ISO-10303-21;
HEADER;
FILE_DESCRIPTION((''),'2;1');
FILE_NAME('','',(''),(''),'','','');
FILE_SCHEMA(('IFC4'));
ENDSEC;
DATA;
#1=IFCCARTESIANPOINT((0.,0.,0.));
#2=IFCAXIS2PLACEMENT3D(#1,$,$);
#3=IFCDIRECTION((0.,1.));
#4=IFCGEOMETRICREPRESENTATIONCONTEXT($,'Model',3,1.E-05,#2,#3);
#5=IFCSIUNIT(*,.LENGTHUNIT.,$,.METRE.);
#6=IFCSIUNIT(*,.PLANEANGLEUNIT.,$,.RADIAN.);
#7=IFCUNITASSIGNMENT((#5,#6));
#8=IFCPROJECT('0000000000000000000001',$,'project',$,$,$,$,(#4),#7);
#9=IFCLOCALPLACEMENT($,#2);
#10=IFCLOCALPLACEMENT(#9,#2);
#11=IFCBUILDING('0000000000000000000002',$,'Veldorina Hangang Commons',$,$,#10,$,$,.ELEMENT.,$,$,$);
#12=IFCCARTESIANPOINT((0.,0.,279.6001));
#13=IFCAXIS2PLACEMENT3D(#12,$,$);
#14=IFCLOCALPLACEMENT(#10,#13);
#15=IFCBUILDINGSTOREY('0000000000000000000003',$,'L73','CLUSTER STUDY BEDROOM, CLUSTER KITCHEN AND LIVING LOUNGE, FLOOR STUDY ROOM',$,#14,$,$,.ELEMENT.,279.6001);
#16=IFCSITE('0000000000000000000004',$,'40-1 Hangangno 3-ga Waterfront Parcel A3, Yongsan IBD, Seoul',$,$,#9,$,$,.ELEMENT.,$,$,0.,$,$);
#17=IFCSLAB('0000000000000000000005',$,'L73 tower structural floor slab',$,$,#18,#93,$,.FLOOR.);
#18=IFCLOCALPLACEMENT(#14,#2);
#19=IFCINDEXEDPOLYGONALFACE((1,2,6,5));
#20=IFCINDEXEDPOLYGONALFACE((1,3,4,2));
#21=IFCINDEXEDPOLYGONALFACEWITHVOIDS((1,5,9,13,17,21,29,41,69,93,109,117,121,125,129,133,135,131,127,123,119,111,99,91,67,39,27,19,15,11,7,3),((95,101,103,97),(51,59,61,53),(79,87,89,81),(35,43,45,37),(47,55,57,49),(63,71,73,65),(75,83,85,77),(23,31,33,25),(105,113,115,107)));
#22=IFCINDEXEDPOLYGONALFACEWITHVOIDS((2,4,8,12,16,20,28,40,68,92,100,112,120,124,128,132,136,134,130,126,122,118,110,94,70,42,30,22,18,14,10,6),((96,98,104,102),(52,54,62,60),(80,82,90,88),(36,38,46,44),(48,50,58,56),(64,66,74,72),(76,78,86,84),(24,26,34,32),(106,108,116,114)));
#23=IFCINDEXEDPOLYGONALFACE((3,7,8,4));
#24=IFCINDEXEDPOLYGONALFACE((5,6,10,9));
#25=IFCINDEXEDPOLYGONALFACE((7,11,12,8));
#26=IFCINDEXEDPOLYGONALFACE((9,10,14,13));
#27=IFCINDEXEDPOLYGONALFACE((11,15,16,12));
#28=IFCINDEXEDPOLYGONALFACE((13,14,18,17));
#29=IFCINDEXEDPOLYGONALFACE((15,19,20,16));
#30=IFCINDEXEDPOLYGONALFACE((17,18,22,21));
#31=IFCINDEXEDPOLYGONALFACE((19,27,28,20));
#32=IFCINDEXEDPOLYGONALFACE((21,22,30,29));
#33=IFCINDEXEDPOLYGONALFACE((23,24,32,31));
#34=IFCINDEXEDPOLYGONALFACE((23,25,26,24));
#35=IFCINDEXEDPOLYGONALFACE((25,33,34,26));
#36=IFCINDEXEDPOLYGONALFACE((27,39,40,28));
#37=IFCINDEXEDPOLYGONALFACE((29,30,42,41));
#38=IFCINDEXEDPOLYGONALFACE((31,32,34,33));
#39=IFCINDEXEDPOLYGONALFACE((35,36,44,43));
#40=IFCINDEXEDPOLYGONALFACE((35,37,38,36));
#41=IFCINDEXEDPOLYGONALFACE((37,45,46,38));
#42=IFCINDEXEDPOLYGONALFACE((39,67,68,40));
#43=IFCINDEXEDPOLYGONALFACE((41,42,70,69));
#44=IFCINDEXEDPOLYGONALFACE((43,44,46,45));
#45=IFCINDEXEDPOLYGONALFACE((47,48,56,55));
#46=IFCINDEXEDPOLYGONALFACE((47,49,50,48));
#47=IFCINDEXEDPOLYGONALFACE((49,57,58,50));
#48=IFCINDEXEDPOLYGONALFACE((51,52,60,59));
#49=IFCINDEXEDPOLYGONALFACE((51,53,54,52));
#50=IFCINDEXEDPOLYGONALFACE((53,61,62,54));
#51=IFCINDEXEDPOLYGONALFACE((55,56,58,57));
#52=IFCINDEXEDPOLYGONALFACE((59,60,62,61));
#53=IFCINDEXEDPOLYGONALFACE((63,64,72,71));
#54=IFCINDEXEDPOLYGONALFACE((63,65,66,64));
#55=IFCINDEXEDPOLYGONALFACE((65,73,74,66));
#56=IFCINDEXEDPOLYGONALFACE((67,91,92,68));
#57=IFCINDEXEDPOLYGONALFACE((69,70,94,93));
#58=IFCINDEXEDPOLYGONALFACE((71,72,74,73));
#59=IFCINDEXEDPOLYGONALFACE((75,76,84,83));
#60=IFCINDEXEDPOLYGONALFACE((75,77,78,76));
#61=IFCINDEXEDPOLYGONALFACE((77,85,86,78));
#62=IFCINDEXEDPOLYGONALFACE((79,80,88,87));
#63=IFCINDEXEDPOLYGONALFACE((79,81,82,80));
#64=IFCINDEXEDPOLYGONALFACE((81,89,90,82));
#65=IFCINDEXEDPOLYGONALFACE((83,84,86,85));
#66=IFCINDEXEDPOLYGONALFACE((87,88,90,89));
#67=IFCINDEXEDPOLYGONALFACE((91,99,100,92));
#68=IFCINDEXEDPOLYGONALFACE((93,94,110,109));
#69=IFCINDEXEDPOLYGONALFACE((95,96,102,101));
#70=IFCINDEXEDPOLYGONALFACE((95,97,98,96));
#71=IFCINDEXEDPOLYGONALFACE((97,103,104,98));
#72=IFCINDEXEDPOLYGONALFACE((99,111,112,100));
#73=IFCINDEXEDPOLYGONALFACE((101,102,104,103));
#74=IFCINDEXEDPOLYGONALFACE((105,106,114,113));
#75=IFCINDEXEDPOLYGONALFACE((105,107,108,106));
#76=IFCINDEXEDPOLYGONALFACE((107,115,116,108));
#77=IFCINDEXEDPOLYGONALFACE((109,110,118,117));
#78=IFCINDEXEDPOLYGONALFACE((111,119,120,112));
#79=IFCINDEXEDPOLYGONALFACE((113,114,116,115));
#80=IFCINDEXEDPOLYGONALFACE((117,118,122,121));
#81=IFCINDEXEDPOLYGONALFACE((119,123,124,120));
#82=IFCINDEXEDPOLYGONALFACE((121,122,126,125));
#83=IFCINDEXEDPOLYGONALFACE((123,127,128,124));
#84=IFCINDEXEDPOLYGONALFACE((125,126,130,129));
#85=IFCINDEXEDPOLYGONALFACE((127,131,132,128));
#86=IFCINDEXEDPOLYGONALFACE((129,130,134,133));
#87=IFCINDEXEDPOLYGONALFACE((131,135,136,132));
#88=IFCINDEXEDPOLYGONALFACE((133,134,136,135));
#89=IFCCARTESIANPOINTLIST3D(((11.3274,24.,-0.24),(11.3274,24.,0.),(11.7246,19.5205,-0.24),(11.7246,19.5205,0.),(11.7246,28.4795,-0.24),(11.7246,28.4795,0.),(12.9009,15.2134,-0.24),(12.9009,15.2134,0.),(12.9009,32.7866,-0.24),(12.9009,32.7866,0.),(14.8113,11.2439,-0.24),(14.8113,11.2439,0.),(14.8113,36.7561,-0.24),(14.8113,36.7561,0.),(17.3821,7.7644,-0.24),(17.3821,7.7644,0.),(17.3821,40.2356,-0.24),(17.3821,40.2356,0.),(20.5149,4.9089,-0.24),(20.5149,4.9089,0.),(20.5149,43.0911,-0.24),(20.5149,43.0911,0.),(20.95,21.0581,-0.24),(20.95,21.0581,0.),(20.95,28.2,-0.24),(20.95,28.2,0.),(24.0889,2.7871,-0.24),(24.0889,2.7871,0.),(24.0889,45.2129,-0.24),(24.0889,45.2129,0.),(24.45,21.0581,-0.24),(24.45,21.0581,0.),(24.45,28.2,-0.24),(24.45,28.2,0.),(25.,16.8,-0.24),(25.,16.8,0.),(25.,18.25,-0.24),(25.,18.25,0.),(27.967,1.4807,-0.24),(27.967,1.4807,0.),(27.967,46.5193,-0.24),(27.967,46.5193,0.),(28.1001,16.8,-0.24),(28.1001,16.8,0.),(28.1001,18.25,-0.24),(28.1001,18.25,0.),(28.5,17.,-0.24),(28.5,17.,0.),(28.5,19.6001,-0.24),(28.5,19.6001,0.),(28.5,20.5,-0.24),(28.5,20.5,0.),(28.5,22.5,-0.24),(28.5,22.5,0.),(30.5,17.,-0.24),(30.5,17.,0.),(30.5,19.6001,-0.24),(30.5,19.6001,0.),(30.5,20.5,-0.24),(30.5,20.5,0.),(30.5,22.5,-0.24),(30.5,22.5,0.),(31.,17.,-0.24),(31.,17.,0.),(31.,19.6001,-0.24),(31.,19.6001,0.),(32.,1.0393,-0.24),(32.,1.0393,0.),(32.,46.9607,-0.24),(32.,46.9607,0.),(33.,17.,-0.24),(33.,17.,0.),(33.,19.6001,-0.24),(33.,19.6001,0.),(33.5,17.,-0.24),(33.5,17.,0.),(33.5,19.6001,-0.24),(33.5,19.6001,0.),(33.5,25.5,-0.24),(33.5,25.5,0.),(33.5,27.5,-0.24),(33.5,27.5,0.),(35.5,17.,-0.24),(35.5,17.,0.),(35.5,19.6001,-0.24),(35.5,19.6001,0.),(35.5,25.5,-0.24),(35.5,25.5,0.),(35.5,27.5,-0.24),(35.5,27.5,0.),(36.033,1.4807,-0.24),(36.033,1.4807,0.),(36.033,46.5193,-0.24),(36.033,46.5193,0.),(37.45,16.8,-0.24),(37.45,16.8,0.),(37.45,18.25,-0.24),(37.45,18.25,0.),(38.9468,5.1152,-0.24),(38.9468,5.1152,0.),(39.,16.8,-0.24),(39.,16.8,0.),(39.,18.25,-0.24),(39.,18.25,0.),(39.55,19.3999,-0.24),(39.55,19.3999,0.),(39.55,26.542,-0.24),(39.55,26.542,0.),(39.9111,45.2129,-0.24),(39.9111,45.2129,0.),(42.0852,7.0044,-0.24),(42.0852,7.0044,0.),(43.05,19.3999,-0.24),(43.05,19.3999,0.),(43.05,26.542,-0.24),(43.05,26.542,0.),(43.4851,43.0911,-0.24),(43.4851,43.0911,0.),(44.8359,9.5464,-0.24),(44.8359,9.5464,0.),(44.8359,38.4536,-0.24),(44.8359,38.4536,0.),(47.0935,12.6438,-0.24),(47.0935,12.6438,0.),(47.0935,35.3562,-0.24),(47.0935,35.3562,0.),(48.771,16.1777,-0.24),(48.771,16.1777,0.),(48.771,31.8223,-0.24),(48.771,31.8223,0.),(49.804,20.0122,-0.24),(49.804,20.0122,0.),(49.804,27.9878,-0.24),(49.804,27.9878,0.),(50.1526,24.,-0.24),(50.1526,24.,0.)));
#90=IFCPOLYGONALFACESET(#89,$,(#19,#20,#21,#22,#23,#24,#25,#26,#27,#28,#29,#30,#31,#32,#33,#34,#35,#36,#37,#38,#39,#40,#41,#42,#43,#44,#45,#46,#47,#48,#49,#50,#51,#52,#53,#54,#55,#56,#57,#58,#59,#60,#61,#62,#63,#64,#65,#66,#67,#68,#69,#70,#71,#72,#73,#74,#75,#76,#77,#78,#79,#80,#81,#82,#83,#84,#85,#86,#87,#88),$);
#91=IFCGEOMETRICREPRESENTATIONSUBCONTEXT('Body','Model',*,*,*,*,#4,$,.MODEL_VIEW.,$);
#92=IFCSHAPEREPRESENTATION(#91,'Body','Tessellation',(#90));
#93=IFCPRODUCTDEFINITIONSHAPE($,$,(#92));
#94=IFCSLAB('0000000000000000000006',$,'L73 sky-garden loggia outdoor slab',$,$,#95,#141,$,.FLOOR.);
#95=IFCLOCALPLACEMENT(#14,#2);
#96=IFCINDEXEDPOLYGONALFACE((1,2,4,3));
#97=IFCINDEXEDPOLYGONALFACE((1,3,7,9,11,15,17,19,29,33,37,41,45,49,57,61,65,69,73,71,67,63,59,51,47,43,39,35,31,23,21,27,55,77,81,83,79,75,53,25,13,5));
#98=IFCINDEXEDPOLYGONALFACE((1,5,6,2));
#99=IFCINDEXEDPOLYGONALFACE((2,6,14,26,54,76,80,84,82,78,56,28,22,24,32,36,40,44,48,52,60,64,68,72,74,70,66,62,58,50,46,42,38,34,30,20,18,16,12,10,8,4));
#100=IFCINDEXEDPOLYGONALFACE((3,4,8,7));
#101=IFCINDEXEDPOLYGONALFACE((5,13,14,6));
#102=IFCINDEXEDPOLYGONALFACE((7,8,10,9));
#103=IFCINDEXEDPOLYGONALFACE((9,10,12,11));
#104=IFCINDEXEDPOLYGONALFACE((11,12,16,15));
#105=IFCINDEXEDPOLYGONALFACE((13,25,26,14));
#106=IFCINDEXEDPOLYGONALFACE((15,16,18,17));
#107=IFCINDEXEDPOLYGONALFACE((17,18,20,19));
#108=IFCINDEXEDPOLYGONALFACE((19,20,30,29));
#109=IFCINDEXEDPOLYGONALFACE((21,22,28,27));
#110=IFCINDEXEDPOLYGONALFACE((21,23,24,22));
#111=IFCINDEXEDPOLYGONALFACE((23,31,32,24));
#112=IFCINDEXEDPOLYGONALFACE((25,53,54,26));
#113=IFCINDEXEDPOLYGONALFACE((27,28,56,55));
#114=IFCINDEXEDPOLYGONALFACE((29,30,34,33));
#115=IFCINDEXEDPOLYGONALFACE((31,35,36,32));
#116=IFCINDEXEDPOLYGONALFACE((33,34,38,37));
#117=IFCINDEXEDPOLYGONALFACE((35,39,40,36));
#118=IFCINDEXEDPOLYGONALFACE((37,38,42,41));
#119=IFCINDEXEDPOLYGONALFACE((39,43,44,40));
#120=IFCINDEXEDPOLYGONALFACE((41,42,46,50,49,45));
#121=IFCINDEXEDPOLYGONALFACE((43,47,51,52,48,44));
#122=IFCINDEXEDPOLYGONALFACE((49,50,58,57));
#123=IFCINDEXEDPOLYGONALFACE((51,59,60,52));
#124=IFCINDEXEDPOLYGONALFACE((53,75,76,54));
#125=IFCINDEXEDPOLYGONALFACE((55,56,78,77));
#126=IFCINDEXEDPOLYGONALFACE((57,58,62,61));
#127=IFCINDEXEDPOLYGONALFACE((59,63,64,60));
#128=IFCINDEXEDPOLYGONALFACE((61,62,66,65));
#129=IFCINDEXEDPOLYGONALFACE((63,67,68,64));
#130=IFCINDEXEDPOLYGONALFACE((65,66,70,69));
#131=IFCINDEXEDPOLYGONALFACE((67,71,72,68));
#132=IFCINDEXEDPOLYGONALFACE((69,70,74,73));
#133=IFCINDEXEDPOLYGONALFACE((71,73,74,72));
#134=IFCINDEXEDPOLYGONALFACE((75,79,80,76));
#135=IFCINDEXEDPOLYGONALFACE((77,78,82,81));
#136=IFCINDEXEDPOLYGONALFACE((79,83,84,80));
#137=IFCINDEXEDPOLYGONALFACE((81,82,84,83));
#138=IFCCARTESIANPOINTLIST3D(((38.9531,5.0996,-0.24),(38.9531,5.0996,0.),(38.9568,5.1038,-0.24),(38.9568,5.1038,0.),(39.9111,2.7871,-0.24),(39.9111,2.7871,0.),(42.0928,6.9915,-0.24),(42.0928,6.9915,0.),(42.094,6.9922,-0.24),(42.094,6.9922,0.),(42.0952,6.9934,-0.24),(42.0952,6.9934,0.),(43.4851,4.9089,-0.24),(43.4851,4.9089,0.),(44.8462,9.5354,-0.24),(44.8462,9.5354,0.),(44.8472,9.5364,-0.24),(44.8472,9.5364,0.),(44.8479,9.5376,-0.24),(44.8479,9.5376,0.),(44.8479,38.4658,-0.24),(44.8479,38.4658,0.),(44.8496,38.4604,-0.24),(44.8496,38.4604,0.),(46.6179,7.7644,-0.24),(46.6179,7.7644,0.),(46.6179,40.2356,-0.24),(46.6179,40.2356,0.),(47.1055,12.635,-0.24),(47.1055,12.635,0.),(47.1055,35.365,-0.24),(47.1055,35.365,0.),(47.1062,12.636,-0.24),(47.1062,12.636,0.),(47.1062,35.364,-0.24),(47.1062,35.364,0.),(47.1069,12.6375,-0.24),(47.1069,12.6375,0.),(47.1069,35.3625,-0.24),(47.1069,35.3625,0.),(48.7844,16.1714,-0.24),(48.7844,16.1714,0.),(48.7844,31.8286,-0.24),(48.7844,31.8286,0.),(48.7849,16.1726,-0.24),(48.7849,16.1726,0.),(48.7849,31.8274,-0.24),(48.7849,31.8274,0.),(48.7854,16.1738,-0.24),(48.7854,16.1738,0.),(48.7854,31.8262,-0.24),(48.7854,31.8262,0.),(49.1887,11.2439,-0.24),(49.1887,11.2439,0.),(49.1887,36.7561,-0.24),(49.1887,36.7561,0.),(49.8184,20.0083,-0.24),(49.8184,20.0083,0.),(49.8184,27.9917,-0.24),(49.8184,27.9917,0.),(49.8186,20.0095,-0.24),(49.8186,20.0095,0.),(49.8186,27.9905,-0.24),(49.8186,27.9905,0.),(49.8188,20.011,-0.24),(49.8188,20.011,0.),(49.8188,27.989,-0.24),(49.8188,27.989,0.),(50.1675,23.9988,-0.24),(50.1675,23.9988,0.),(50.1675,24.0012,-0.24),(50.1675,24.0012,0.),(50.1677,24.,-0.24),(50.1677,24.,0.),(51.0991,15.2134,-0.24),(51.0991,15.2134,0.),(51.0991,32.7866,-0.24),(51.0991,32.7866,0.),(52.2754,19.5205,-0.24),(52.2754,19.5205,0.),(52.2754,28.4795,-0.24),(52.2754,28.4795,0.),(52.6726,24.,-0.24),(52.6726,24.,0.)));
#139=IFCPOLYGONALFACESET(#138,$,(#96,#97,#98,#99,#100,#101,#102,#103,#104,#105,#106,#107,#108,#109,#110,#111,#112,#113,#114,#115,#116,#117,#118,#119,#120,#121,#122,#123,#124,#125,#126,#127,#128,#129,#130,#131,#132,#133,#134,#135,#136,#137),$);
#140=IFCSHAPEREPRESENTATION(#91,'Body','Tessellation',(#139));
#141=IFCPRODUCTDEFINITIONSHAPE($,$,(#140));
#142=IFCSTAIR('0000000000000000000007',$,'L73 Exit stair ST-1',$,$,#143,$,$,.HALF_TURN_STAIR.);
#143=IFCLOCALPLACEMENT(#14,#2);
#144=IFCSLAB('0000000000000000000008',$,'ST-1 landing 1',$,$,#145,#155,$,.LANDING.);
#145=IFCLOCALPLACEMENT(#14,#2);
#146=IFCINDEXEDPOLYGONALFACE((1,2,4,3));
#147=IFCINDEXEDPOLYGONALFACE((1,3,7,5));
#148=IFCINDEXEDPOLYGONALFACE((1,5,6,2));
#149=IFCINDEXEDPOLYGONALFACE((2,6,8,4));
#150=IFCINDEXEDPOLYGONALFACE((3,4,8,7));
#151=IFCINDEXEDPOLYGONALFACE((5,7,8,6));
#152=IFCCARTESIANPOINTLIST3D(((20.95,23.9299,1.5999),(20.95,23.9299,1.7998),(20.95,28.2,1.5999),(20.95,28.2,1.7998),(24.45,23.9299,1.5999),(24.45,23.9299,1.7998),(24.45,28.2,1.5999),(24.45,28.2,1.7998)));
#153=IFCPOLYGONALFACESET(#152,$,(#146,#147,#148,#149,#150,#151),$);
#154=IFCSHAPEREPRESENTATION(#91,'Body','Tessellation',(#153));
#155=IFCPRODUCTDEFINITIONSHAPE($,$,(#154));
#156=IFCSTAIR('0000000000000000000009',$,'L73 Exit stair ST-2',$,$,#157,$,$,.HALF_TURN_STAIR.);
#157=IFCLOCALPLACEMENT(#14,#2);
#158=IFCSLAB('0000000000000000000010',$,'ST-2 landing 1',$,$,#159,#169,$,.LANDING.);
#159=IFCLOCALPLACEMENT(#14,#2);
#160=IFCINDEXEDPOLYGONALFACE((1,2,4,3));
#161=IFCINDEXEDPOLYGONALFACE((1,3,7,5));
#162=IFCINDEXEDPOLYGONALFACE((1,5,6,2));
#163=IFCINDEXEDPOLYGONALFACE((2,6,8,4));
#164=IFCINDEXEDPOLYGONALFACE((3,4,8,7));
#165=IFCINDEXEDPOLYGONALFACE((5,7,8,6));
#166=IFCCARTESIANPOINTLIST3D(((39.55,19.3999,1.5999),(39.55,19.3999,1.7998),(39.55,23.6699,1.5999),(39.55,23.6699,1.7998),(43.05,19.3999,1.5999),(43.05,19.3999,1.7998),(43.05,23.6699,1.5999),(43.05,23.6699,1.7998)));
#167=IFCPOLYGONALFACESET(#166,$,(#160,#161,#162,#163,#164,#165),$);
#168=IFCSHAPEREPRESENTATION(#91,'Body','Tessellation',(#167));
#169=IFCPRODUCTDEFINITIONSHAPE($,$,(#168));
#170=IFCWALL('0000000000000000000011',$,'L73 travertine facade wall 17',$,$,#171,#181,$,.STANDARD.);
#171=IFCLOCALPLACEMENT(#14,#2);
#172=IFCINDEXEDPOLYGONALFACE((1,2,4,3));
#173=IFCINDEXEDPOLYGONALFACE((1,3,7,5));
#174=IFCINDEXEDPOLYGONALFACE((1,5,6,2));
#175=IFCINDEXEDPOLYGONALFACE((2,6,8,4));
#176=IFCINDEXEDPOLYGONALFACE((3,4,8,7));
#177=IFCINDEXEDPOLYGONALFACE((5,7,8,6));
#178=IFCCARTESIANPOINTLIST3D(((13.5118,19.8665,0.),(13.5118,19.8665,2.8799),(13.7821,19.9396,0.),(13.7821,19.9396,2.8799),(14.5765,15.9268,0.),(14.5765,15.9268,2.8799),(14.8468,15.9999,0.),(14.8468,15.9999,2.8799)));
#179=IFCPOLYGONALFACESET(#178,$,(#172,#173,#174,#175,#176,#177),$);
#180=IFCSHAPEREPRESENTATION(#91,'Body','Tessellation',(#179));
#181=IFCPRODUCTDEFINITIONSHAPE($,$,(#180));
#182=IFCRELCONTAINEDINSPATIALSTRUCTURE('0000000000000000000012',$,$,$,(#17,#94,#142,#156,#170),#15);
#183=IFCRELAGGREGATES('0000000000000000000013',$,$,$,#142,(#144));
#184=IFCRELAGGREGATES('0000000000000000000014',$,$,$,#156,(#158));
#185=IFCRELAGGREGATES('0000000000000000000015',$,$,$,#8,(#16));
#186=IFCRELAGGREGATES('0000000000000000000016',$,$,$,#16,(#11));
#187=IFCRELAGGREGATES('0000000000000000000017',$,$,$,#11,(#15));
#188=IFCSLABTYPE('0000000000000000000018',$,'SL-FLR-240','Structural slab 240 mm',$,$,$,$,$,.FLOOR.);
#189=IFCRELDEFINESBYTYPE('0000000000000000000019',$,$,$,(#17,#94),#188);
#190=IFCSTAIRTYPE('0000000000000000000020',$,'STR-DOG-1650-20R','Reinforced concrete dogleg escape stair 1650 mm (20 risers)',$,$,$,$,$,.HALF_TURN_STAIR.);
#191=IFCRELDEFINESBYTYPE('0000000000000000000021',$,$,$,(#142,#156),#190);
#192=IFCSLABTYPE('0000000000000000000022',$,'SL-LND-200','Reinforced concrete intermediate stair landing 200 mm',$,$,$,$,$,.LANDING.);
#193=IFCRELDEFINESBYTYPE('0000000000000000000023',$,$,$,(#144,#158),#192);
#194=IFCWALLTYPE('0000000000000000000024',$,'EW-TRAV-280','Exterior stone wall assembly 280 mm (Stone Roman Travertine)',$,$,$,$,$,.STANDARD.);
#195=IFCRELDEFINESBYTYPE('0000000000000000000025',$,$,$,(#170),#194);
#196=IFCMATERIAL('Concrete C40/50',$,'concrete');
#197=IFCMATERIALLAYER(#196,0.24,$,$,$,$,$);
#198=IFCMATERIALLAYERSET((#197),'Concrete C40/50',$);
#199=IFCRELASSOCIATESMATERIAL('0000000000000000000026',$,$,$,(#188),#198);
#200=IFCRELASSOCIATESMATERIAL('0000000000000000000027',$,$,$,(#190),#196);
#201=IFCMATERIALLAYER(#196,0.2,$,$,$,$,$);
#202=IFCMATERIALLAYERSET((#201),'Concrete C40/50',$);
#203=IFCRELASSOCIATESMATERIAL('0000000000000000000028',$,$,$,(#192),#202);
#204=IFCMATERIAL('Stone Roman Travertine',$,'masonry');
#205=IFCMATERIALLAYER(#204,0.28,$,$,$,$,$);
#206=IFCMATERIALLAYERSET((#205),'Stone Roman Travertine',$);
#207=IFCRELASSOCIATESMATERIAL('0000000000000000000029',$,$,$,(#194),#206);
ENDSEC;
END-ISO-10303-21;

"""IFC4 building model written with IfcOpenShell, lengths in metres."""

from ifc_helpers import new_model, si_unit, direction, frame, frame_2d, origin, place, context, subcontext, project, spatial, polyline, rectangle, outline, extrude, material, layer, layer_set, type_object, element, aggregate, save


model = new_model("IFC4")

# Units and contexts
model_context = context("Model", 3, precision=1e-05, world=origin(), true_north=direction((0.0, 1.0)))
body_context = subcontext(model_context, "Body", "Model", "MODEL_VIEW")
ifc_project = project(units=[si_unit("LENGTHUNIT", "METRE"), si_unit("PLANEANGLEUNIT", "RADIAN")], contexts=[model_context])

# Site, building, storey
site_placement = place(None, origin())
site = spatial("IfcSite", under=ifc_project, at=site_placement, Name="40-1 Hangangno 3-ga Waterfront Parcel A3, Yongsan IBD, Seoul", CompositionType="ELEMENT", RefElevation=0.0)
building_placement = place(site_placement, origin())
building = spatial("IfcBuilding", under=site, at=building_placement, Name="Veldorina Hangang Commons", CompositionType="ELEMENT")
storey_placement = place(building_placement, frame((0.0, 0.0, 279.6001)))
storey = spatial("IfcBuildingStorey", under=building, at=storey_placement, Name="L73", Description="CLUSTER STUDY BEDROOM, CLUSTER KITCHEN AND LIVING LOUNGE, FLOOR STUDY ROOM", CompositionType="ELEMENT", Elevation=279.6001)

# Slabs
ifc_material_1 = material(Name="Concrete C40/50", Category="concrete")
ifc_layer_1 = layer(ifc_material_1, 0.24)
ifc_layer_set_1 = layer_set([ifc_layer_1], Name="Concrete C40/50")
slab_type_1 = type_object("IfcSlabType", Name="SL-FLR-240", Description="Structural slab 240 mm", PredefinedType="FLOOR", material=ifc_layer_set_1)
slab_1_placement = place(storey_placement, frame((0.0, 0.0, -0.24)))
element("IfcSlab", 1, at=slab_1_placement, inside=storey, type_object=slab_type_1, Name="L73 tower structural floor slab", PredefinedType="FLOOR", context=body_context, shape_type="SweptSolid", body=[
    extrude(outline(polyline([(50.1526, 24.0), (49.804, 27.9878), (48.771, 31.8223), (47.0935, 35.3562), (44.8359, 38.4536), (43.4851, 43.0911), (39.9111, 45.2129), (36.033, 46.5193), (32.0, 46.9607), (27.967, 46.5193), (24.0889, 45.2129), (20.5149, 43.0911), (17.3821, 40.2356), (14.8113, 36.7561), (12.9009, 32.7866), (11.7246, 28.4795), (11.3274, 24.0), (11.7246, 19.5205), (12.9009, 15.2134), (14.8113, 11.2439), (17.3821, 7.7644), (20.5149, 4.9089), (24.0889, 2.7871), (27.967, 1.4807), (32.0, 1.0393), (36.033, 1.4807), (38.9468, 5.1152), (42.0852, 7.0044), (44.8359, 9.5464), (47.0935, 12.6438), (48.771, 16.1777), (49.804, 20.0122), (50.1526, 24.0)]), holes=[polyline([(20.95, 21.0581), (20.95, 28.2), (24.45, 28.2), (24.45, 21.0581), (20.95, 21.0581)]), polyline([(43.05, 26.542), (43.05, 19.3999), (39.55, 19.3999), (39.55, 26.542), (43.05, 26.542)]), polyline([(33.5, 27.5), (35.5, 27.5), (35.5, 25.5), (33.5, 25.5), (33.5, 27.5)]), polyline([(28.5, 22.5), (30.5, 22.5), (30.5, 20.5), (28.5, 20.5), (28.5, 22.5)]), polyline([(28.5, 19.6001), (30.5, 19.6001), (30.5, 17.0), (28.5, 17.0), (28.5, 19.6001)]), polyline([(31.0, 19.6001), (33.0, 19.6001), (33.0, 17.0), (31.0, 17.0), (31.0, 19.6001)]), polyline([(33.5, 19.6001), (35.5, 19.6001), (35.5, 17.0), (33.5, 17.0), (33.5, 19.6001)]), polyline([(25.0, 18.25), (28.1001, 18.25), (28.1001, 16.8), (25.0, 16.8), (25.0, 18.25)]), polyline([(37.45, 18.25), (39.0, 18.25), (39.0, 16.8), (37.45, 16.8), (37.45, 18.25)])]), origin(), (0.0, 0.0, 1.0), 0.24),
])
slab_2_placement = place(storey_placement, frame((0.0, 0.0, -0.24)))
element("IfcSlab", 2, at=slab_2_placement, inside=storey, type_object=slab_type_1, Name="L73 sky-garden loggia outdoor slab", PredefinedType="FLOOR", context=body_context, shape_type="SweptSolid", body=[
    extrude(outline(polyline([(46.6179, 40.2356), (49.1887, 36.7561), (51.0991, 32.7866), (52.2754, 28.4795), (52.6726, 24.0), (52.2754, 19.5205), (51.0991, 15.2134), (49.1887, 11.2439), (46.6179, 7.7644), (43.4851, 4.9089), (39.9111, 2.7871), (38.9531, 5.0996), (38.9568, 5.1038), (42.0928, 6.9915), (42.094, 6.9922), (42.0952, 6.9934), (44.8462, 9.5354), (44.8472, 9.5364), (44.8479, 9.5376), (47.1055, 12.635), (47.1062, 12.636), (47.1069, 12.6375), (48.7844, 16.1714), (48.7849, 16.1726), (48.7854, 16.1738), (49.8184, 20.0083), (49.8186, 20.0095), (49.8188, 20.011), (50.1675, 23.9988), (50.1677, 24.0), (50.1675, 24.0012), (49.8188, 27.989), (49.8186, 27.9905), (49.8184, 27.9917), (48.7854, 31.8262), (48.7849, 31.8274), (48.7844, 31.8286), (47.1069, 35.3625), (47.1062, 35.364), (47.1055, 35.365), (44.8496, 38.4604), (44.8479, 38.4658), (46.6179, 40.2356)])), origin(), (0.0, 0.0, 1.0), 0.24),
])

# Stairs, slabs
stair_type = type_object("IfcStairType", Name="STR-DOG-1650-20R", Description="Reinforced concrete dogleg escape stair 1650 mm (20 risers)", PredefinedType="HALF_TURN_STAIR", material=ifc_material_1)
stair_1_placement = place(storey_placement, origin())
stair_1 = element("IfcStair", 3, at=stair_1_placement, inside=storey, type_object=stair_type, Name="L73 Exit stair ST-1", PredefinedType="HALF_TURN_STAIR")
ifc_layer_2 = layer(ifc_material_1, 0.2)
ifc_layer_set_2 = layer_set([ifc_layer_2], Name="Concrete C40/50")
slab_type_2 = type_object("IfcSlabType", Name="SL-LND-200", Description="Reinforced concrete intermediate stair landing 200 mm", PredefinedType="LANDING", material=ifc_layer_set_2)
slab_3_placement = place(storey_placement, frame((0.0, 0.0, 1.5999)))
slab_3 = element("IfcSlab", 4, at=slab_3_placement, type_object=slab_type_2, Name="ST-1 landing 1", PredefinedType="LANDING", context=body_context, shape_type="SweptSolid", body=[
    extrude(outline(polyline([(24.45, 23.9299), (24.45, 28.2), (20.95, 28.2), (20.95, 23.9299), (24.45, 23.9299)])), origin(), (0.0, 0.0, 1.0), 0.2),
])
aggregate(stair_1, [slab_3])
stair_2_placement = place(storey_placement, origin())
stair_2 = element("IfcStair", 5, at=stair_2_placement, inside=storey, type_object=stair_type, Name="L73 Exit stair ST-2", PredefinedType="HALF_TURN_STAIR")
slab_4_placement = place(storey_placement, frame((0.0, 0.0, 1.5999)))
slab_4 = element("IfcSlab", 6, at=slab_4_placement, type_object=slab_type_2, Name="ST-2 landing 1", PredefinedType="LANDING", context=body_context, shape_type="SweptSolid", body=[
    extrude(outline(polyline([(39.55, 23.6699), (39.55, 19.3999), (43.05, 19.3999), (43.05, 23.6699), (39.55, 23.6699)])), origin(), (0.0, 0.0, 1.0), 0.2),
])
aggregate(stair_2, [slab_4])

# Wall
ifc_material_2 = material(Name="Stone Roman Travertine", Category="masonry")
ifc_layer_3 = layer(ifc_material_2, 0.28)
ifc_layer_set_3 = layer_set([ifc_layer_3], Name="Stone Roman Travertine")
wall_type_1 = type_object("IfcWallType", Name="EW-TRAV-280", Description="Exterior stone wall assembly 280 mm (Stone Roman Travertine)", PredefinedType="STANDARD", material=ifc_layer_set_3)
wall_1_placement = place(storey_placement, frame((13.647, 19.9031, 0.0), z_axis=(0.0, 0.0, 1.0), x_axis=(0.260889, -0.965369, 0.0)))
element("IfcWall", 7, at=wall_1_placement, inside=storey, type_object=wall_type_1, Name="L73 travertine facade wall 17", PredefinedType="STANDARD", context=body_context, shape_type="SweptSolid", body=[
    extrude(rectangle(XDim=4.0811, YDim=0.28, at=frame_2d((2.0405, 0.0))), origin(), (0.0, 0.0, 1.0), 2.8799),
])

save(model, "model.ifc")
